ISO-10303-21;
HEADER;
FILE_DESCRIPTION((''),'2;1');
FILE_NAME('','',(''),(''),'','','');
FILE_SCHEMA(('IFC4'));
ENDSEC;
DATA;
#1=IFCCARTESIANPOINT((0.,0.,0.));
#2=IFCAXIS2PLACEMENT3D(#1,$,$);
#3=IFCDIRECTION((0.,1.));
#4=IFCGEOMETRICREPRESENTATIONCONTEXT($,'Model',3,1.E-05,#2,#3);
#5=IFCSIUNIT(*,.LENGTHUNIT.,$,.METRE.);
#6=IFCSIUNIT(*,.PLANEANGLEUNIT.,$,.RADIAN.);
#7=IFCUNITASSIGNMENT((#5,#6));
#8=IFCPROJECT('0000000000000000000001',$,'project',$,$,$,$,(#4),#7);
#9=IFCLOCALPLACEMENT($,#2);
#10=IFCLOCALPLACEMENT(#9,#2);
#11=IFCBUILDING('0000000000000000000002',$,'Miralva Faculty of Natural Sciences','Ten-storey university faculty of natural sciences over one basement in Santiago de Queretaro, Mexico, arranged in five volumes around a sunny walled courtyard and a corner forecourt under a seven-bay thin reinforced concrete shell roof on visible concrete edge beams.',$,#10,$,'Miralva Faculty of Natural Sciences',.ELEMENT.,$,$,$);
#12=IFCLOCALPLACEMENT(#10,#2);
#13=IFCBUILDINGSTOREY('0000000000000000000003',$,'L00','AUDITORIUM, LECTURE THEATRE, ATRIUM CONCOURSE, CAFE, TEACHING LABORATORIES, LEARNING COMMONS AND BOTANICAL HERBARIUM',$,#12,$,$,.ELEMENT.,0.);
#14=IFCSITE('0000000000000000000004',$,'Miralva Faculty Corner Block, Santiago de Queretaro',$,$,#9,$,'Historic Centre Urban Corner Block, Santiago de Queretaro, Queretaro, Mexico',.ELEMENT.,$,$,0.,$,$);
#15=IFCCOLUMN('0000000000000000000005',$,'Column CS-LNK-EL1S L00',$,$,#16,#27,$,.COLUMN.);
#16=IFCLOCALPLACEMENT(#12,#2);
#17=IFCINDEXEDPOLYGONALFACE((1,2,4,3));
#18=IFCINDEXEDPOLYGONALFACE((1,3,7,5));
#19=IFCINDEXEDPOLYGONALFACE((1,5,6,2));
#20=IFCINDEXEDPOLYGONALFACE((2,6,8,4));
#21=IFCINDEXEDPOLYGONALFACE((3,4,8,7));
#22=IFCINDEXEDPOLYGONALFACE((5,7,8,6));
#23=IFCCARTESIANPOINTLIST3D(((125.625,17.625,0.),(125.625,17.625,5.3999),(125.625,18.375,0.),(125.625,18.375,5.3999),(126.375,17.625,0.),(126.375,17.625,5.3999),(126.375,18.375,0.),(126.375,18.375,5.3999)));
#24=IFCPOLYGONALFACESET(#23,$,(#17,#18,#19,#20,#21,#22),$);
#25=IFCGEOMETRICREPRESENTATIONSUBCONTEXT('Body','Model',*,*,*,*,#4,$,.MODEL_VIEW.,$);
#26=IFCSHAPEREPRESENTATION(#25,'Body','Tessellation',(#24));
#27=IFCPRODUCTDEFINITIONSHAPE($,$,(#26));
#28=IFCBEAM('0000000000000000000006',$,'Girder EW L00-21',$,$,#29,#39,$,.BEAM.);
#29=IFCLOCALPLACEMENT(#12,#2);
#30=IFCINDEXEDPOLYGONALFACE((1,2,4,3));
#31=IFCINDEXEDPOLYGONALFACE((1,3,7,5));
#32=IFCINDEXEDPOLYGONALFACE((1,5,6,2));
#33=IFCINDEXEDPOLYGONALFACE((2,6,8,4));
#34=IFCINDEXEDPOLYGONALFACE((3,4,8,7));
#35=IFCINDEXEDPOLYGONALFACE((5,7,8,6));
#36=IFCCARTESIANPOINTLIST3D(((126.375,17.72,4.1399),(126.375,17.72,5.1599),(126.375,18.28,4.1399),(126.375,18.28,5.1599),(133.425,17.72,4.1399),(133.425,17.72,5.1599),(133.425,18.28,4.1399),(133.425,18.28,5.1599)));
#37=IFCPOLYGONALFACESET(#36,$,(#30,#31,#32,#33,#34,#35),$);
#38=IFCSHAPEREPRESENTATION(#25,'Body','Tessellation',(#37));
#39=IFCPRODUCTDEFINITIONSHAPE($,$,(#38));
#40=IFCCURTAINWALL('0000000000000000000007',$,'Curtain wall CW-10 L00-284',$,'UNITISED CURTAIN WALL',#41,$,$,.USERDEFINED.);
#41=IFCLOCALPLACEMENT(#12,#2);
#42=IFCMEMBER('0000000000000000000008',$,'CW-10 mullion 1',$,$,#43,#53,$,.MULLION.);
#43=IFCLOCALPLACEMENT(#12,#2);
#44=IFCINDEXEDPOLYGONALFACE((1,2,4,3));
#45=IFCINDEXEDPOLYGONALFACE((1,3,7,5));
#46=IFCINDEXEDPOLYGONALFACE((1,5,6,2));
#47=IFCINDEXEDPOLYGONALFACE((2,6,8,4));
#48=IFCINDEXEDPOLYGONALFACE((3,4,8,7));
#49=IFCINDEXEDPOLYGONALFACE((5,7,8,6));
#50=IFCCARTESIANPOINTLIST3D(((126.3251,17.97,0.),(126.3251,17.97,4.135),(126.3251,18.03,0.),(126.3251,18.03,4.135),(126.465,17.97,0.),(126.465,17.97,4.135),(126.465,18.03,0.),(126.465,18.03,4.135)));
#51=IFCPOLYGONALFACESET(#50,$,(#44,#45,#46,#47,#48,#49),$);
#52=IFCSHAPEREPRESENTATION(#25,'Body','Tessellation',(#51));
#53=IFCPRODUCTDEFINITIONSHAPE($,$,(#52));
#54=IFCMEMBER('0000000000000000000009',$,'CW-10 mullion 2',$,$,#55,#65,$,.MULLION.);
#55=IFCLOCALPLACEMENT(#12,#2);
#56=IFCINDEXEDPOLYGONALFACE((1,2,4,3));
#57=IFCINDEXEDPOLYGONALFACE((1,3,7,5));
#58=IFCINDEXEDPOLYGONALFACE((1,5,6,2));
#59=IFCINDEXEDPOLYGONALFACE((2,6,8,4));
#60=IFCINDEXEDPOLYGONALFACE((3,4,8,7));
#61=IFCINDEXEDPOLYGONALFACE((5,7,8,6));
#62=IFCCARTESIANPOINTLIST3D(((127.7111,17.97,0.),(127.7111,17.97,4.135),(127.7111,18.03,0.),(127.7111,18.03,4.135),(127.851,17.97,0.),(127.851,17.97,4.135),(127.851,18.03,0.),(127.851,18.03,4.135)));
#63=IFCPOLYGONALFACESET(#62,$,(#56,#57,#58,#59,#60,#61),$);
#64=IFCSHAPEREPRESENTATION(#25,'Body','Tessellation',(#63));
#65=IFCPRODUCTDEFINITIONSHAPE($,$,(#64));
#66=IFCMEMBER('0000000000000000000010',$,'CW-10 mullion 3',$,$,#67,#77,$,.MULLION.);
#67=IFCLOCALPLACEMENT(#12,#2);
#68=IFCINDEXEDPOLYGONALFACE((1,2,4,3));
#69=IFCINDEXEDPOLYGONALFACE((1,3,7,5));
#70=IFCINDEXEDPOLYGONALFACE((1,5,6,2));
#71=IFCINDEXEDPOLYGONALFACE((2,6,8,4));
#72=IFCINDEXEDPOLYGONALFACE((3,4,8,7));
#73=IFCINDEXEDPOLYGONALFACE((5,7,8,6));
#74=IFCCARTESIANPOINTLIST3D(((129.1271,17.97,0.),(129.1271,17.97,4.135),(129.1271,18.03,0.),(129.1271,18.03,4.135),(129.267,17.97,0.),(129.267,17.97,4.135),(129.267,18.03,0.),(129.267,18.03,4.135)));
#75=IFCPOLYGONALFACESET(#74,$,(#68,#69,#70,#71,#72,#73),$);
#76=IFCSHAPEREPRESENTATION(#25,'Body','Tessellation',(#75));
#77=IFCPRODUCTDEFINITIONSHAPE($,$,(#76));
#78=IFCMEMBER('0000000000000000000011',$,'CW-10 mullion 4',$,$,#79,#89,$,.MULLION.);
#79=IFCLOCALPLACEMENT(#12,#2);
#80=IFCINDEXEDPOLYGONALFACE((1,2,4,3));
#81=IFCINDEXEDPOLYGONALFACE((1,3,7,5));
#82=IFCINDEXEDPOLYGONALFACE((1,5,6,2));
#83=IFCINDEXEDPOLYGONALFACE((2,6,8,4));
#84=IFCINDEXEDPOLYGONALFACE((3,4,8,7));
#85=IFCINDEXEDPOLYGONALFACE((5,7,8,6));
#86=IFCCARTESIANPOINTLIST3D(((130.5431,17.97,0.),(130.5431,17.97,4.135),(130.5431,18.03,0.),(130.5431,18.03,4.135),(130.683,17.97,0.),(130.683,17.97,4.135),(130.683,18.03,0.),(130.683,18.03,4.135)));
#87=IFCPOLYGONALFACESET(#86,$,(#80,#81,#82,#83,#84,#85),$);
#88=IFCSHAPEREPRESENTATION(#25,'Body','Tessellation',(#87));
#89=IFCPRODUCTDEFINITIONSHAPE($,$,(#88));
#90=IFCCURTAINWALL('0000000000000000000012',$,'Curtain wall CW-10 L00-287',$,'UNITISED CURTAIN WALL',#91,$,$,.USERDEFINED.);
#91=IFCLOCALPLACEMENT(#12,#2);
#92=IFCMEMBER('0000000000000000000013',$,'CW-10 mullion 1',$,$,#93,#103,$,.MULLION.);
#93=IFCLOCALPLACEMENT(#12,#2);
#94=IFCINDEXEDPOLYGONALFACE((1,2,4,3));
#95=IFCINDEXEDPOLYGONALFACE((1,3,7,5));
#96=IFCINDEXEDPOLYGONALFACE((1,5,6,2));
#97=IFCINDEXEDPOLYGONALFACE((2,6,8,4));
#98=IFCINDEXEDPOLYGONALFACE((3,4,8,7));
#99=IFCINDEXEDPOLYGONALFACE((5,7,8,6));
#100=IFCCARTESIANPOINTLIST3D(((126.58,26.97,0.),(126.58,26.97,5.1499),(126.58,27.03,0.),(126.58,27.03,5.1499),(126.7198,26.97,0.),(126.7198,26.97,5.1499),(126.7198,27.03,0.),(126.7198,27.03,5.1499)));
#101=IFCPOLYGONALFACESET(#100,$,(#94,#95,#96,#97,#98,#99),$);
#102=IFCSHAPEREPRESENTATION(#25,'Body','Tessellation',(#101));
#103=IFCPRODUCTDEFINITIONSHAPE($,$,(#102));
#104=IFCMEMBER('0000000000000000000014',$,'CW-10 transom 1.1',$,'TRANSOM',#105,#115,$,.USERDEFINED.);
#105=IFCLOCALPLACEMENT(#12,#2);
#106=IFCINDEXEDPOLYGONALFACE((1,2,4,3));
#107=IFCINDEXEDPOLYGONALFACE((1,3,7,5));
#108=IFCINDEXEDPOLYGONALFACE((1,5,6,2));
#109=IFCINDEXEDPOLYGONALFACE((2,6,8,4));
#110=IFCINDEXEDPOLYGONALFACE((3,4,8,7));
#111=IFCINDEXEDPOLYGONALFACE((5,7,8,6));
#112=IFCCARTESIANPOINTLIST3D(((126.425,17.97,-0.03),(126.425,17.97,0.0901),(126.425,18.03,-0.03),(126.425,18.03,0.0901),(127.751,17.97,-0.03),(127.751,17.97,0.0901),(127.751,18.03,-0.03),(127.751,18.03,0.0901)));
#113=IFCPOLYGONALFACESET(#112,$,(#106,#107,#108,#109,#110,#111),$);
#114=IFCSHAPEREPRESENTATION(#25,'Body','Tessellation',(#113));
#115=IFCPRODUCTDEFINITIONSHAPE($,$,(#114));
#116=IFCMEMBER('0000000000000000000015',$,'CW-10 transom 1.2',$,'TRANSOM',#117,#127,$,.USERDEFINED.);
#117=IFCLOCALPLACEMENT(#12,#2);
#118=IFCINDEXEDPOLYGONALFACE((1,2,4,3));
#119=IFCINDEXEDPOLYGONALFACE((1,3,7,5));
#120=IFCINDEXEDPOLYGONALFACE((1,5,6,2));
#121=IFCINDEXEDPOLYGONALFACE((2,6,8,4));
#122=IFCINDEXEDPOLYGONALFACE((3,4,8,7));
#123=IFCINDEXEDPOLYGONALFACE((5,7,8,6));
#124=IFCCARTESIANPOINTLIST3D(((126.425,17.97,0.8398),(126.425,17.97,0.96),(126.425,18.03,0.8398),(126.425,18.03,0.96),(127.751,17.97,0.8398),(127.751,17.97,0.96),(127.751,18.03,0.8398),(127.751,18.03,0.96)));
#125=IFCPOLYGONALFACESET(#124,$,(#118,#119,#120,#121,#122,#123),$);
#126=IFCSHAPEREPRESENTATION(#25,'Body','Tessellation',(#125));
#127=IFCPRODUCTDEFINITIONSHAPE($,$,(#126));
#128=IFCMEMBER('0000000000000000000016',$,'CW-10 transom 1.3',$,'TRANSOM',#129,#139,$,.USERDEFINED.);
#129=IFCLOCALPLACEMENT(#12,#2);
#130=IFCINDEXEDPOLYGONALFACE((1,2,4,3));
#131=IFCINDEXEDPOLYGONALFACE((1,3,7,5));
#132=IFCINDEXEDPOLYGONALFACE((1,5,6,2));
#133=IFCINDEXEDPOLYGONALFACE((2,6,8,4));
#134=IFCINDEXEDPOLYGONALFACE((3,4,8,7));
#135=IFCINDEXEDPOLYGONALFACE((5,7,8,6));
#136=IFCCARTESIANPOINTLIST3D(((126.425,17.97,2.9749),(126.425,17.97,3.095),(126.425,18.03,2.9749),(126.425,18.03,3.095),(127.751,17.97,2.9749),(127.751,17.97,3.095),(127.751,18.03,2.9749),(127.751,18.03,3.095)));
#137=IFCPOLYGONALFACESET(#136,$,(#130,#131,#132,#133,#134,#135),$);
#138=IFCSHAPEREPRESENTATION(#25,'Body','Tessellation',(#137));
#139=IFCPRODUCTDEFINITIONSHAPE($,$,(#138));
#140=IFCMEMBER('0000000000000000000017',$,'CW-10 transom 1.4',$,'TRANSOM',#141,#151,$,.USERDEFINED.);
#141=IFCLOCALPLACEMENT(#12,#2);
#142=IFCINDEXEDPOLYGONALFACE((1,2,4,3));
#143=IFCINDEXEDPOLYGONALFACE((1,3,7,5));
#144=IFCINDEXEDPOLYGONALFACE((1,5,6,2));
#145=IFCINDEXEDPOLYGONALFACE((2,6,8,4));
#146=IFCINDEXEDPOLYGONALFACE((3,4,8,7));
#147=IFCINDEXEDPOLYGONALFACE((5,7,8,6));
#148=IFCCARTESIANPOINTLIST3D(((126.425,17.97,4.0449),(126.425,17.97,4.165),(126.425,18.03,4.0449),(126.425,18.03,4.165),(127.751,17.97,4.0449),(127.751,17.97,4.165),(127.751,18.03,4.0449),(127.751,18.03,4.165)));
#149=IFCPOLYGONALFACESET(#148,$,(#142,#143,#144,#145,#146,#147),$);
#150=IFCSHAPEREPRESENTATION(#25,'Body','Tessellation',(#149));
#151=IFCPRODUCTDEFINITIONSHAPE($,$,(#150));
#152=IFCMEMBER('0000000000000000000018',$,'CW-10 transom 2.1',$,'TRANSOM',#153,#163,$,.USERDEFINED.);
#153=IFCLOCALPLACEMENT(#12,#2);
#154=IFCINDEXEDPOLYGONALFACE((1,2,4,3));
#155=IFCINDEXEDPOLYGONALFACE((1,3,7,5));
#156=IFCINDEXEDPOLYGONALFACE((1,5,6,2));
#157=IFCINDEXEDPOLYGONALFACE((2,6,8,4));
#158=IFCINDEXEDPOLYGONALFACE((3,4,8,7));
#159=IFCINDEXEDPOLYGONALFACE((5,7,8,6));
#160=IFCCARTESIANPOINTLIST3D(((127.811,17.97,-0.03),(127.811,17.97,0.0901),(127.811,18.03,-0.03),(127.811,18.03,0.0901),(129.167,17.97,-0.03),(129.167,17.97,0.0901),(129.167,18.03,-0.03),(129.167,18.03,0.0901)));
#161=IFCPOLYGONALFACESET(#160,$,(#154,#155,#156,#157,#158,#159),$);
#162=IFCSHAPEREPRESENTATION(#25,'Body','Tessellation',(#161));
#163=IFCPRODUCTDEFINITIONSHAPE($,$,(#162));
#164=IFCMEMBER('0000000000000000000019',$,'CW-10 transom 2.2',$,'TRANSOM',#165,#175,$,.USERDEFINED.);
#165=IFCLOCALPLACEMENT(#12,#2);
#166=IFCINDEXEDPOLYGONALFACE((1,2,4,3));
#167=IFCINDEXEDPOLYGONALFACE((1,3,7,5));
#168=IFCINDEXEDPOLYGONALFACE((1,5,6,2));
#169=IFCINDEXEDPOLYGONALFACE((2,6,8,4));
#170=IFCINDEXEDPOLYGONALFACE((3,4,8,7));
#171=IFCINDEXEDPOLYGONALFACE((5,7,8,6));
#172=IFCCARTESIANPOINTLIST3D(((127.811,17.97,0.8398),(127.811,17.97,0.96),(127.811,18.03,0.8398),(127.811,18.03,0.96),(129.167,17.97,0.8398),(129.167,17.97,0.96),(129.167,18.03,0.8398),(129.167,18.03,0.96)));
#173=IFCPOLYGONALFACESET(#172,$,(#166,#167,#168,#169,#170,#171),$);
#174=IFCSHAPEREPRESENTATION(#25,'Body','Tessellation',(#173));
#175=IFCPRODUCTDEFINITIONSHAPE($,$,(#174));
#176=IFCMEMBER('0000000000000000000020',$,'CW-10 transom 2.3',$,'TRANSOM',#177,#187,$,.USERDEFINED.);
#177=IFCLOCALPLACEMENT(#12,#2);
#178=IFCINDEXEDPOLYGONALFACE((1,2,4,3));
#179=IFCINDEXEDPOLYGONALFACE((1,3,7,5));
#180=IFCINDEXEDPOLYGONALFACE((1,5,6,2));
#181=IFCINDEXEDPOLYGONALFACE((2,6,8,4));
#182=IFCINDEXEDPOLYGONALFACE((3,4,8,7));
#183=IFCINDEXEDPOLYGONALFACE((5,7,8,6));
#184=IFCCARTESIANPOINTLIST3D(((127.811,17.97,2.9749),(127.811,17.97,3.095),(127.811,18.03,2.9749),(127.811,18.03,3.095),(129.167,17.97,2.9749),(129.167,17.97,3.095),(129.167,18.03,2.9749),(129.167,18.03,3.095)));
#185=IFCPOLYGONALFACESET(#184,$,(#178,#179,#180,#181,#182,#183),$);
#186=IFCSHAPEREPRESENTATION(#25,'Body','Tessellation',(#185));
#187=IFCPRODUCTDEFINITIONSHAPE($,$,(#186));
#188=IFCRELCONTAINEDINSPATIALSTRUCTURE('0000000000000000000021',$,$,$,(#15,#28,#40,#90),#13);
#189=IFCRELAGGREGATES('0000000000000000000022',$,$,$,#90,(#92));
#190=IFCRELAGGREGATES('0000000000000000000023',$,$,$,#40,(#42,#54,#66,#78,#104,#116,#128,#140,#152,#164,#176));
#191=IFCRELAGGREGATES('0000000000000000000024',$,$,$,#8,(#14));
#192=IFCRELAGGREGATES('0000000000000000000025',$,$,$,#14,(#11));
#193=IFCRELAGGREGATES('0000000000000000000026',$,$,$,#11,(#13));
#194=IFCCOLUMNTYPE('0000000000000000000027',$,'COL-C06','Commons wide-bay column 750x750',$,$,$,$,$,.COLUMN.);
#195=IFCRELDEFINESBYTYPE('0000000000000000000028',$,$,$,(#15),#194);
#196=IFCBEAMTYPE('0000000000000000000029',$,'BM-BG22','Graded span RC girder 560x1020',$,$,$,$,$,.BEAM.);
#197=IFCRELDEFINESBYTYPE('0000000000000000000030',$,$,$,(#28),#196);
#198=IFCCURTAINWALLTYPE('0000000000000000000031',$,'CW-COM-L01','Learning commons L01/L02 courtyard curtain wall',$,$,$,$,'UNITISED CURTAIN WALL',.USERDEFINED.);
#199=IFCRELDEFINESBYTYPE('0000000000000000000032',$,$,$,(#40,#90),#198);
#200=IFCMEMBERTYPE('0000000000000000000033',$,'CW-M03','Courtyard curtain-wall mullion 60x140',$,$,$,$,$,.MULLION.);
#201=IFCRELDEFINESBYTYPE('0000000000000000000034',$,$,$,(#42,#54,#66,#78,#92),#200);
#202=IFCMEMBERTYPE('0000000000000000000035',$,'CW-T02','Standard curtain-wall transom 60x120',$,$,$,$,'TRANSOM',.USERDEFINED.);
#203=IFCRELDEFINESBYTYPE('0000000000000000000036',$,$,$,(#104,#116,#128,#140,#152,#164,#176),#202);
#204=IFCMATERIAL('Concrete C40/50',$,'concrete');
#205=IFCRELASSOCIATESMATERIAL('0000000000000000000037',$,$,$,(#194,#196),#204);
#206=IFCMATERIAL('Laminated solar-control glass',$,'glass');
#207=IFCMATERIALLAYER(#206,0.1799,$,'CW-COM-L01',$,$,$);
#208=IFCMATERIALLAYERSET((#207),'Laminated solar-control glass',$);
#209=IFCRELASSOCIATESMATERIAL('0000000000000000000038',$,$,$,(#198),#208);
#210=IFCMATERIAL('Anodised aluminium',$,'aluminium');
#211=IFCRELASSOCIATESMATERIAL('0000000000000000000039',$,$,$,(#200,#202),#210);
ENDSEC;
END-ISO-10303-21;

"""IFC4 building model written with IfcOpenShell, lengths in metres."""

from ifc_helpers import new_model, si_unit, direction, frame, origin, origin_2d, place, context, subcontext, project, spatial, rectangle, extrude, material, layer, layer_set, material_profile, profile_set, type_object, element, aggregate, save


model = new_model("IFC4")

# Units and contexts
model_context = context("Model", 3, precision=1e-05, world=origin(), true_north=direction((0.0, 1.0)))
body_context = subcontext(model_context, "Body", "Model", "MODEL_VIEW")
ifc_project = project(units=[si_unit("LENGTHUNIT", "METRE"), si_unit("PLANEANGLEUNIT", "RADIAN")], contexts=[model_context])

# Site, building, storey
site_placement = place(None, origin())
site = spatial("IfcSite", under=ifc_project, at=site_placement, Name="Miralva Faculty Corner Block, Santiago de Queretaro", LongName="Historic Centre Urban Corner Block, Santiago de Queretaro, Queretaro, Mexico", CompositionType="ELEMENT", RefElevation=0.0)
building_placement = place(site_placement, origin())
building = spatial("IfcBuilding", under=site, at=building_placement, Name="Miralva Faculty of Natural Sciences", Description="Ten-storey university faculty of natural sciences over one basement in Santiago de Queretaro, Mexico, arranged in five volumes around a sunny walled courtyard and a corner forecourt under a seven-bay thin reinforced concrete shell roof on visible concrete edge beams.", LongName="Miralva Faculty of Natural Sciences", CompositionType="ELEMENT")
storey_placement = place(building_placement, origin())
storey = spatial("IfcBuildingStorey", under=building, at=storey_placement, Name="L00", Description="AUDITORIUM, LECTURE THEATRE, ATRIUM CONCOURSE, CAFE, TEACHING LABORATORIES, LEARNING COMMONS AND BOTANICAL HERBARIUM", CompositionType="ELEMENT", Elevation=0.0)

# Column
ifc_material_1 = material(Name="Concrete C40/50", Category="concrete")
ifc_material_profile_1 = material_profile(ifc_material_1, rectangle(XDim=0.75, YDim=0.75, at=origin_2d()), Name="RC 750x750")
ifc_profile_set_1 = profile_set([ifc_material_profile_1], Name="Concrete C40/50")
column_type = type_object("IfcColumnType", Name="COL-C06", Description="Commons wide-bay column 750x750", PredefinedType="COLUMN", material=ifc_profile_set_1)
column_placement = place(storey_placement, frame((126.0, 18.0, 0.0), z_axis=(0.0, 0.0, 1.0), x_axis=(1.0, 0.0, 0.0)))
element("IfcColumn", 1, at=column_placement, inside=storey, type_object=column_type, Name="Column CS-LNK-EL1S L00", PredefinedType="COLUMN", context=body_context, shape_type="SweptSolid", body=[
    extrude(rectangle(XDim=0.75, YDim=0.75, at=origin_2d()), origin(), (0.0, 0.0, 1.0), 5.3999),
])

# Beam
ifc_material_profile_2 = material_profile(ifc_material_1, rectangle(XDim=0.5601, YDim=1.02, at=origin_2d()), Name="RC 560x1020")
ifc_profile_set_2 = profile_set([ifc_material_profile_2], Name="Concrete C40/50")
beam_type = type_object("IfcBeamType", Name="BM-BG22", Description="Graded span RC girder 560x1020", PredefinedType="BEAM", material=ifc_profile_set_2)
beam_placement = place(storey_placement, frame((126.375, 18.0, 4.6499), z_axis=(1.0, 0.0, 0.0), x_axis=(0.0, 1.0, 0.0)))
element("IfcBeam", 2, at=beam_placement, inside=storey, type_object=beam_type, Name="Girder EW L00-21", PredefinedType="BEAM", context=body_context, shape_type="SweptSolid", body=[
    extrude(rectangle(XDim=0.5601, YDim=1.02, at=origin_2d()), origin(), (0.0, 0.0, 1.0), 7.05),
])

# Curtain wall, members
ifc_material_2 = material(Name="Laminated solar-control glass", Category="glass")
ifc_layer_1 = layer(ifc_material_2, 0.1799, Name="CW-COM-L01")
ifc_layer_set_1 = layer_set([ifc_layer_1], Name="Laminated solar-control glass")
curtain_wall_type = type_object("IfcCurtainWallType", Name="CW-COM-L01", Description="Learning commons L01/L02 courtyard curtain wall", ElementType="UNITISED CURTAIN WALL", PredefinedType="USERDEFINED", material=ifc_layer_set_1)
curtain_wall_1_placement = place(storey_placement, origin())
curtain_wall_1 = element("IfcCurtainWall", 3, at=curtain_wall_1_placement, inside=storey, type_object=curtain_wall_type, Name="Curtain wall CW-10 L00-284", ObjectType="UNITISED CURTAIN WALL", PredefinedType="USERDEFINED")
ifc_material_3 = material(Name="Anodised aluminium", Category="aluminium")
ifc_material_profile_3 = material_profile(ifc_material_3, rectangle(XDim=0.0601, YDim=0.1399, at=origin_2d()), Name="MULLION 60x140")
ifc_profile_set_3 = profile_set([ifc_material_profile_3], Name="Anodised aluminium")
member_type_1 = type_object("IfcMemberType", Name="CW-M03", Description="Courtyard curtain-wall mullion 60x140", PredefinedType="MULLION", material=ifc_profile_set_3)
member_1_placement = place(storey_placement, frame((126.395, 18.0, 0.0), z_axis=(0.0, 0.0, 1.0), x_axis=(0.0, 1.0, 0.0)))
member_1 = element("IfcMember", 4, at=member_1_placement, type_object=member_type_1, Name="CW-10 mullion 1", PredefinedType="MULLION", context=body_context, shape_type="SweptSolid", body=[
    extrude(rectangle(XDim=0.0601, YDim=0.1399, at=origin_2d()), origin(), (0.0, 0.0, 1.0), 4.135),
])
member_2_placement = place(storey_placement, frame((127.781, 18.0, 0.0), z_axis=(0.0, 0.0, 1.0), x_axis=(0.0, 1.0, 0.0)))
member_2 = element("IfcMember", 5, at=member_2_placement, type_object=member_type_1, Name="CW-10 mullion 2", PredefinedType="MULLION", context=body_context, shape_type="SweptSolid", body=[
    extrude(rectangle(XDim=0.0601, YDim=0.1399, at=origin_2d()), origin(), (0.0, 0.0, 1.0), 4.135),
])
member_3_placement = place(storey_placement, frame((129.197, 18.0, 0.0), z_axis=(0.0, 0.0, 1.0), x_axis=(0.0, 1.0, 0.0)))
member_3 = element("IfcMember", 6, at=member_3_placement, type_object=member_type_1, Name="CW-10 mullion 3", PredefinedType="MULLION", context=body_context, shape_type="SweptSolid", body=[
    extrude(rectangle(XDim=0.0601, YDim=0.1399, at=origin_2d()), origin(), (0.0, 0.0, 1.0), 4.135),
])
member_4_placement = place(storey_placement, frame((130.613, 18.0, 0.0), z_axis=(0.0, 0.0, 1.0), x_axis=(0.0, 1.0, 0.0)))
member_4 = element("IfcMember", 7, at=member_4_placement, type_object=member_type_1, Name="CW-10 mullion 4", PredefinedType="MULLION", context=body_context, shape_type="SweptSolid", body=[
    extrude(rectangle(XDim=0.0601, YDim=0.1399, at=origin_2d()), origin(), (0.0, 0.0, 1.0), 4.135),
])

# Curtain wall, member
curtain_wall_2_placement = place(storey_placement, origin())
curtain_wall_2 = element("IfcCurtainWall", 8, at=curtain_wall_2_placement, inside=storey, type_object=curtain_wall_type, Name="Curtain wall CW-10 L00-287", ObjectType="UNITISED CURTAIN WALL", PredefinedType="USERDEFINED")
member_5_placement = place(storey_placement, frame((126.6499, 27.0, 0.0), z_axis=(0.0, 0.0, 1.0), x_axis=(0.0, 1.0, 0.0)))
member_5 = element("IfcMember", 9, at=member_5_placement, type_object=member_type_1, Name="CW-10 mullion 1", PredefinedType="MULLION", context=body_context, shape_type="SweptSolid", body=[
    extrude(rectangle(XDim=0.0601, YDim=0.1399, at=origin_2d()), origin(), (0.0, 0.0, 1.0), 5.1499),
])
aggregate(curtain_wall_2, [member_5])

# Members
ifc_material_profile_4 = material_profile(ifc_material_3, rectangle(XDim=0.0601, YDim=0.1201, at=origin_2d()), Name="TRANSOM 60x120")
ifc_profile_set_4 = profile_set([ifc_material_profile_4], Name="Anodised aluminium")
member_type_2 = type_object("IfcMemberType", Name="CW-T02", Description="Standard curtain-wall transom 60x120", ElementType="TRANSOM", PredefinedType="USERDEFINED", material=ifc_profile_set_4)
member_6_placement = place(storey_placement, frame((126.425, 18.0, 0.03), z_axis=(1.0, 0.0, 0.0), x_axis=(0.0, 1.0, 0.0)))
member_6 = element("IfcMember", 10, at=member_6_placement, type_object=member_type_2, Name="CW-10 transom 1.1", ObjectType="TRANSOM", PredefinedType="USERDEFINED", context=body_context, shape_type="SweptSolid", body=[
    extrude(rectangle(XDim=0.0601, YDim=0.1201, at=origin_2d()), origin(), (0.0, 0.0, 1.0), 1.3259),
])
member_7_placement = place(storey_placement, frame((126.425, 18.0, 0.8999), z_axis=(1.0, 0.0, 0.0), x_axis=(0.0, 1.0, 0.0)))
member_7 = element("IfcMember", 11, at=member_7_placement, type_object=member_type_2, Name="CW-10 transom 1.2", ObjectType="TRANSOM", PredefinedType="USERDEFINED", context=body_context, shape_type="SweptSolid", body=[
    extrude(rectangle(XDim=0.0601, YDim=0.1201, at=origin_2d()), origin(), (0.0, 0.0, 1.0), 1.3259),
])
member_8_placement = place(storey_placement, frame((126.425, 18.0, 3.0349), z_axis=(1.0, 0.0, 0.0), x_axis=(0.0, 1.0, 0.0)))
member_8 = element("IfcMember", 12, at=member_8_placement, type_object=member_type_2, Name="CW-10 transom 1.3", ObjectType="TRANSOM", PredefinedType="USERDEFINED", context=body_context, shape_type="SweptSolid", body=[
    extrude(rectangle(XDim=0.0601, YDim=0.1201, at=origin_2d()), origin(), (0.0, 0.0, 1.0), 1.3259),
])
member_9_placement = place(storey_placement, frame((126.425, 18.0, 4.105), z_axis=(1.0, 0.0, 0.0), x_axis=(0.0, 1.0, 0.0)))
member_9 = element("IfcMember", 13, at=member_9_placement, type_object=member_type_2, Name="CW-10 transom 1.4", ObjectType="TRANSOM", PredefinedType="USERDEFINED", context=body_context, shape_type="SweptSolid", body=[
    extrude(rectangle(XDim=0.0601, YDim=0.1201, at=origin_2d()), origin(), (0.0, 0.0, 1.0), 1.3259),
])
member_10_placement = place(storey_placement, frame((127.811, 18.0, 0.03), z_axis=(1.0, 0.0, 0.0), x_axis=(0.0, 1.0, 0.0)))
member_10 = element("IfcMember", 14, at=member_10_placement, type_object=member_type_2, Name="CW-10 transom 2.1", ObjectType="TRANSOM", PredefinedType="USERDEFINED", context=body_context, shape_type="SweptSolid", body=[
    extrude(rectangle(XDim=0.0601, YDim=0.1201, at=origin_2d()), origin(), (0.0, 0.0, 1.0), 1.356),
])
member_11_placement = place(storey_placement, frame((127.811, 18.0, 0.8999), z_axis=(1.0, 0.0, 0.0), x_axis=(0.0, 1.0, 0.0)))
member_11 = element("IfcMember", 15, at=member_11_placement, type_object=member_type_2, Name="CW-10 transom 2.2", ObjectType="TRANSOM", PredefinedType="USERDEFINED", context=body_context, shape_type="SweptSolid", body=[
    extrude(rectangle(XDim=0.0601, YDim=0.1201, at=origin_2d()), origin(), (0.0, 0.0, 1.0), 1.356),
])
member_12_placement = place(storey_placement, frame((127.811, 18.0, 3.0349), z_axis=(1.0, 0.0, 0.0), x_axis=(0.0, 1.0, 0.0)))
member_12 = element("IfcMember", 16, at=member_12_placement, type_object=member_type_2, Name="CW-10 transom 2.3", ObjectType="TRANSOM", PredefinedType="USERDEFINED", context=body_context, shape_type="SweptSolid", body=[
    extrude(rectangle(XDim=0.0601, YDim=0.1201, at=origin_2d()), origin(), (0.0, 0.0, 1.0), 1.356),
])

aggregate(curtain_wall_1, [member_1, member_2, member_3, member_4, member_6, member_7, member_8, member_9, member_10, member_11, member_12])

save(model, "model.ifc")
